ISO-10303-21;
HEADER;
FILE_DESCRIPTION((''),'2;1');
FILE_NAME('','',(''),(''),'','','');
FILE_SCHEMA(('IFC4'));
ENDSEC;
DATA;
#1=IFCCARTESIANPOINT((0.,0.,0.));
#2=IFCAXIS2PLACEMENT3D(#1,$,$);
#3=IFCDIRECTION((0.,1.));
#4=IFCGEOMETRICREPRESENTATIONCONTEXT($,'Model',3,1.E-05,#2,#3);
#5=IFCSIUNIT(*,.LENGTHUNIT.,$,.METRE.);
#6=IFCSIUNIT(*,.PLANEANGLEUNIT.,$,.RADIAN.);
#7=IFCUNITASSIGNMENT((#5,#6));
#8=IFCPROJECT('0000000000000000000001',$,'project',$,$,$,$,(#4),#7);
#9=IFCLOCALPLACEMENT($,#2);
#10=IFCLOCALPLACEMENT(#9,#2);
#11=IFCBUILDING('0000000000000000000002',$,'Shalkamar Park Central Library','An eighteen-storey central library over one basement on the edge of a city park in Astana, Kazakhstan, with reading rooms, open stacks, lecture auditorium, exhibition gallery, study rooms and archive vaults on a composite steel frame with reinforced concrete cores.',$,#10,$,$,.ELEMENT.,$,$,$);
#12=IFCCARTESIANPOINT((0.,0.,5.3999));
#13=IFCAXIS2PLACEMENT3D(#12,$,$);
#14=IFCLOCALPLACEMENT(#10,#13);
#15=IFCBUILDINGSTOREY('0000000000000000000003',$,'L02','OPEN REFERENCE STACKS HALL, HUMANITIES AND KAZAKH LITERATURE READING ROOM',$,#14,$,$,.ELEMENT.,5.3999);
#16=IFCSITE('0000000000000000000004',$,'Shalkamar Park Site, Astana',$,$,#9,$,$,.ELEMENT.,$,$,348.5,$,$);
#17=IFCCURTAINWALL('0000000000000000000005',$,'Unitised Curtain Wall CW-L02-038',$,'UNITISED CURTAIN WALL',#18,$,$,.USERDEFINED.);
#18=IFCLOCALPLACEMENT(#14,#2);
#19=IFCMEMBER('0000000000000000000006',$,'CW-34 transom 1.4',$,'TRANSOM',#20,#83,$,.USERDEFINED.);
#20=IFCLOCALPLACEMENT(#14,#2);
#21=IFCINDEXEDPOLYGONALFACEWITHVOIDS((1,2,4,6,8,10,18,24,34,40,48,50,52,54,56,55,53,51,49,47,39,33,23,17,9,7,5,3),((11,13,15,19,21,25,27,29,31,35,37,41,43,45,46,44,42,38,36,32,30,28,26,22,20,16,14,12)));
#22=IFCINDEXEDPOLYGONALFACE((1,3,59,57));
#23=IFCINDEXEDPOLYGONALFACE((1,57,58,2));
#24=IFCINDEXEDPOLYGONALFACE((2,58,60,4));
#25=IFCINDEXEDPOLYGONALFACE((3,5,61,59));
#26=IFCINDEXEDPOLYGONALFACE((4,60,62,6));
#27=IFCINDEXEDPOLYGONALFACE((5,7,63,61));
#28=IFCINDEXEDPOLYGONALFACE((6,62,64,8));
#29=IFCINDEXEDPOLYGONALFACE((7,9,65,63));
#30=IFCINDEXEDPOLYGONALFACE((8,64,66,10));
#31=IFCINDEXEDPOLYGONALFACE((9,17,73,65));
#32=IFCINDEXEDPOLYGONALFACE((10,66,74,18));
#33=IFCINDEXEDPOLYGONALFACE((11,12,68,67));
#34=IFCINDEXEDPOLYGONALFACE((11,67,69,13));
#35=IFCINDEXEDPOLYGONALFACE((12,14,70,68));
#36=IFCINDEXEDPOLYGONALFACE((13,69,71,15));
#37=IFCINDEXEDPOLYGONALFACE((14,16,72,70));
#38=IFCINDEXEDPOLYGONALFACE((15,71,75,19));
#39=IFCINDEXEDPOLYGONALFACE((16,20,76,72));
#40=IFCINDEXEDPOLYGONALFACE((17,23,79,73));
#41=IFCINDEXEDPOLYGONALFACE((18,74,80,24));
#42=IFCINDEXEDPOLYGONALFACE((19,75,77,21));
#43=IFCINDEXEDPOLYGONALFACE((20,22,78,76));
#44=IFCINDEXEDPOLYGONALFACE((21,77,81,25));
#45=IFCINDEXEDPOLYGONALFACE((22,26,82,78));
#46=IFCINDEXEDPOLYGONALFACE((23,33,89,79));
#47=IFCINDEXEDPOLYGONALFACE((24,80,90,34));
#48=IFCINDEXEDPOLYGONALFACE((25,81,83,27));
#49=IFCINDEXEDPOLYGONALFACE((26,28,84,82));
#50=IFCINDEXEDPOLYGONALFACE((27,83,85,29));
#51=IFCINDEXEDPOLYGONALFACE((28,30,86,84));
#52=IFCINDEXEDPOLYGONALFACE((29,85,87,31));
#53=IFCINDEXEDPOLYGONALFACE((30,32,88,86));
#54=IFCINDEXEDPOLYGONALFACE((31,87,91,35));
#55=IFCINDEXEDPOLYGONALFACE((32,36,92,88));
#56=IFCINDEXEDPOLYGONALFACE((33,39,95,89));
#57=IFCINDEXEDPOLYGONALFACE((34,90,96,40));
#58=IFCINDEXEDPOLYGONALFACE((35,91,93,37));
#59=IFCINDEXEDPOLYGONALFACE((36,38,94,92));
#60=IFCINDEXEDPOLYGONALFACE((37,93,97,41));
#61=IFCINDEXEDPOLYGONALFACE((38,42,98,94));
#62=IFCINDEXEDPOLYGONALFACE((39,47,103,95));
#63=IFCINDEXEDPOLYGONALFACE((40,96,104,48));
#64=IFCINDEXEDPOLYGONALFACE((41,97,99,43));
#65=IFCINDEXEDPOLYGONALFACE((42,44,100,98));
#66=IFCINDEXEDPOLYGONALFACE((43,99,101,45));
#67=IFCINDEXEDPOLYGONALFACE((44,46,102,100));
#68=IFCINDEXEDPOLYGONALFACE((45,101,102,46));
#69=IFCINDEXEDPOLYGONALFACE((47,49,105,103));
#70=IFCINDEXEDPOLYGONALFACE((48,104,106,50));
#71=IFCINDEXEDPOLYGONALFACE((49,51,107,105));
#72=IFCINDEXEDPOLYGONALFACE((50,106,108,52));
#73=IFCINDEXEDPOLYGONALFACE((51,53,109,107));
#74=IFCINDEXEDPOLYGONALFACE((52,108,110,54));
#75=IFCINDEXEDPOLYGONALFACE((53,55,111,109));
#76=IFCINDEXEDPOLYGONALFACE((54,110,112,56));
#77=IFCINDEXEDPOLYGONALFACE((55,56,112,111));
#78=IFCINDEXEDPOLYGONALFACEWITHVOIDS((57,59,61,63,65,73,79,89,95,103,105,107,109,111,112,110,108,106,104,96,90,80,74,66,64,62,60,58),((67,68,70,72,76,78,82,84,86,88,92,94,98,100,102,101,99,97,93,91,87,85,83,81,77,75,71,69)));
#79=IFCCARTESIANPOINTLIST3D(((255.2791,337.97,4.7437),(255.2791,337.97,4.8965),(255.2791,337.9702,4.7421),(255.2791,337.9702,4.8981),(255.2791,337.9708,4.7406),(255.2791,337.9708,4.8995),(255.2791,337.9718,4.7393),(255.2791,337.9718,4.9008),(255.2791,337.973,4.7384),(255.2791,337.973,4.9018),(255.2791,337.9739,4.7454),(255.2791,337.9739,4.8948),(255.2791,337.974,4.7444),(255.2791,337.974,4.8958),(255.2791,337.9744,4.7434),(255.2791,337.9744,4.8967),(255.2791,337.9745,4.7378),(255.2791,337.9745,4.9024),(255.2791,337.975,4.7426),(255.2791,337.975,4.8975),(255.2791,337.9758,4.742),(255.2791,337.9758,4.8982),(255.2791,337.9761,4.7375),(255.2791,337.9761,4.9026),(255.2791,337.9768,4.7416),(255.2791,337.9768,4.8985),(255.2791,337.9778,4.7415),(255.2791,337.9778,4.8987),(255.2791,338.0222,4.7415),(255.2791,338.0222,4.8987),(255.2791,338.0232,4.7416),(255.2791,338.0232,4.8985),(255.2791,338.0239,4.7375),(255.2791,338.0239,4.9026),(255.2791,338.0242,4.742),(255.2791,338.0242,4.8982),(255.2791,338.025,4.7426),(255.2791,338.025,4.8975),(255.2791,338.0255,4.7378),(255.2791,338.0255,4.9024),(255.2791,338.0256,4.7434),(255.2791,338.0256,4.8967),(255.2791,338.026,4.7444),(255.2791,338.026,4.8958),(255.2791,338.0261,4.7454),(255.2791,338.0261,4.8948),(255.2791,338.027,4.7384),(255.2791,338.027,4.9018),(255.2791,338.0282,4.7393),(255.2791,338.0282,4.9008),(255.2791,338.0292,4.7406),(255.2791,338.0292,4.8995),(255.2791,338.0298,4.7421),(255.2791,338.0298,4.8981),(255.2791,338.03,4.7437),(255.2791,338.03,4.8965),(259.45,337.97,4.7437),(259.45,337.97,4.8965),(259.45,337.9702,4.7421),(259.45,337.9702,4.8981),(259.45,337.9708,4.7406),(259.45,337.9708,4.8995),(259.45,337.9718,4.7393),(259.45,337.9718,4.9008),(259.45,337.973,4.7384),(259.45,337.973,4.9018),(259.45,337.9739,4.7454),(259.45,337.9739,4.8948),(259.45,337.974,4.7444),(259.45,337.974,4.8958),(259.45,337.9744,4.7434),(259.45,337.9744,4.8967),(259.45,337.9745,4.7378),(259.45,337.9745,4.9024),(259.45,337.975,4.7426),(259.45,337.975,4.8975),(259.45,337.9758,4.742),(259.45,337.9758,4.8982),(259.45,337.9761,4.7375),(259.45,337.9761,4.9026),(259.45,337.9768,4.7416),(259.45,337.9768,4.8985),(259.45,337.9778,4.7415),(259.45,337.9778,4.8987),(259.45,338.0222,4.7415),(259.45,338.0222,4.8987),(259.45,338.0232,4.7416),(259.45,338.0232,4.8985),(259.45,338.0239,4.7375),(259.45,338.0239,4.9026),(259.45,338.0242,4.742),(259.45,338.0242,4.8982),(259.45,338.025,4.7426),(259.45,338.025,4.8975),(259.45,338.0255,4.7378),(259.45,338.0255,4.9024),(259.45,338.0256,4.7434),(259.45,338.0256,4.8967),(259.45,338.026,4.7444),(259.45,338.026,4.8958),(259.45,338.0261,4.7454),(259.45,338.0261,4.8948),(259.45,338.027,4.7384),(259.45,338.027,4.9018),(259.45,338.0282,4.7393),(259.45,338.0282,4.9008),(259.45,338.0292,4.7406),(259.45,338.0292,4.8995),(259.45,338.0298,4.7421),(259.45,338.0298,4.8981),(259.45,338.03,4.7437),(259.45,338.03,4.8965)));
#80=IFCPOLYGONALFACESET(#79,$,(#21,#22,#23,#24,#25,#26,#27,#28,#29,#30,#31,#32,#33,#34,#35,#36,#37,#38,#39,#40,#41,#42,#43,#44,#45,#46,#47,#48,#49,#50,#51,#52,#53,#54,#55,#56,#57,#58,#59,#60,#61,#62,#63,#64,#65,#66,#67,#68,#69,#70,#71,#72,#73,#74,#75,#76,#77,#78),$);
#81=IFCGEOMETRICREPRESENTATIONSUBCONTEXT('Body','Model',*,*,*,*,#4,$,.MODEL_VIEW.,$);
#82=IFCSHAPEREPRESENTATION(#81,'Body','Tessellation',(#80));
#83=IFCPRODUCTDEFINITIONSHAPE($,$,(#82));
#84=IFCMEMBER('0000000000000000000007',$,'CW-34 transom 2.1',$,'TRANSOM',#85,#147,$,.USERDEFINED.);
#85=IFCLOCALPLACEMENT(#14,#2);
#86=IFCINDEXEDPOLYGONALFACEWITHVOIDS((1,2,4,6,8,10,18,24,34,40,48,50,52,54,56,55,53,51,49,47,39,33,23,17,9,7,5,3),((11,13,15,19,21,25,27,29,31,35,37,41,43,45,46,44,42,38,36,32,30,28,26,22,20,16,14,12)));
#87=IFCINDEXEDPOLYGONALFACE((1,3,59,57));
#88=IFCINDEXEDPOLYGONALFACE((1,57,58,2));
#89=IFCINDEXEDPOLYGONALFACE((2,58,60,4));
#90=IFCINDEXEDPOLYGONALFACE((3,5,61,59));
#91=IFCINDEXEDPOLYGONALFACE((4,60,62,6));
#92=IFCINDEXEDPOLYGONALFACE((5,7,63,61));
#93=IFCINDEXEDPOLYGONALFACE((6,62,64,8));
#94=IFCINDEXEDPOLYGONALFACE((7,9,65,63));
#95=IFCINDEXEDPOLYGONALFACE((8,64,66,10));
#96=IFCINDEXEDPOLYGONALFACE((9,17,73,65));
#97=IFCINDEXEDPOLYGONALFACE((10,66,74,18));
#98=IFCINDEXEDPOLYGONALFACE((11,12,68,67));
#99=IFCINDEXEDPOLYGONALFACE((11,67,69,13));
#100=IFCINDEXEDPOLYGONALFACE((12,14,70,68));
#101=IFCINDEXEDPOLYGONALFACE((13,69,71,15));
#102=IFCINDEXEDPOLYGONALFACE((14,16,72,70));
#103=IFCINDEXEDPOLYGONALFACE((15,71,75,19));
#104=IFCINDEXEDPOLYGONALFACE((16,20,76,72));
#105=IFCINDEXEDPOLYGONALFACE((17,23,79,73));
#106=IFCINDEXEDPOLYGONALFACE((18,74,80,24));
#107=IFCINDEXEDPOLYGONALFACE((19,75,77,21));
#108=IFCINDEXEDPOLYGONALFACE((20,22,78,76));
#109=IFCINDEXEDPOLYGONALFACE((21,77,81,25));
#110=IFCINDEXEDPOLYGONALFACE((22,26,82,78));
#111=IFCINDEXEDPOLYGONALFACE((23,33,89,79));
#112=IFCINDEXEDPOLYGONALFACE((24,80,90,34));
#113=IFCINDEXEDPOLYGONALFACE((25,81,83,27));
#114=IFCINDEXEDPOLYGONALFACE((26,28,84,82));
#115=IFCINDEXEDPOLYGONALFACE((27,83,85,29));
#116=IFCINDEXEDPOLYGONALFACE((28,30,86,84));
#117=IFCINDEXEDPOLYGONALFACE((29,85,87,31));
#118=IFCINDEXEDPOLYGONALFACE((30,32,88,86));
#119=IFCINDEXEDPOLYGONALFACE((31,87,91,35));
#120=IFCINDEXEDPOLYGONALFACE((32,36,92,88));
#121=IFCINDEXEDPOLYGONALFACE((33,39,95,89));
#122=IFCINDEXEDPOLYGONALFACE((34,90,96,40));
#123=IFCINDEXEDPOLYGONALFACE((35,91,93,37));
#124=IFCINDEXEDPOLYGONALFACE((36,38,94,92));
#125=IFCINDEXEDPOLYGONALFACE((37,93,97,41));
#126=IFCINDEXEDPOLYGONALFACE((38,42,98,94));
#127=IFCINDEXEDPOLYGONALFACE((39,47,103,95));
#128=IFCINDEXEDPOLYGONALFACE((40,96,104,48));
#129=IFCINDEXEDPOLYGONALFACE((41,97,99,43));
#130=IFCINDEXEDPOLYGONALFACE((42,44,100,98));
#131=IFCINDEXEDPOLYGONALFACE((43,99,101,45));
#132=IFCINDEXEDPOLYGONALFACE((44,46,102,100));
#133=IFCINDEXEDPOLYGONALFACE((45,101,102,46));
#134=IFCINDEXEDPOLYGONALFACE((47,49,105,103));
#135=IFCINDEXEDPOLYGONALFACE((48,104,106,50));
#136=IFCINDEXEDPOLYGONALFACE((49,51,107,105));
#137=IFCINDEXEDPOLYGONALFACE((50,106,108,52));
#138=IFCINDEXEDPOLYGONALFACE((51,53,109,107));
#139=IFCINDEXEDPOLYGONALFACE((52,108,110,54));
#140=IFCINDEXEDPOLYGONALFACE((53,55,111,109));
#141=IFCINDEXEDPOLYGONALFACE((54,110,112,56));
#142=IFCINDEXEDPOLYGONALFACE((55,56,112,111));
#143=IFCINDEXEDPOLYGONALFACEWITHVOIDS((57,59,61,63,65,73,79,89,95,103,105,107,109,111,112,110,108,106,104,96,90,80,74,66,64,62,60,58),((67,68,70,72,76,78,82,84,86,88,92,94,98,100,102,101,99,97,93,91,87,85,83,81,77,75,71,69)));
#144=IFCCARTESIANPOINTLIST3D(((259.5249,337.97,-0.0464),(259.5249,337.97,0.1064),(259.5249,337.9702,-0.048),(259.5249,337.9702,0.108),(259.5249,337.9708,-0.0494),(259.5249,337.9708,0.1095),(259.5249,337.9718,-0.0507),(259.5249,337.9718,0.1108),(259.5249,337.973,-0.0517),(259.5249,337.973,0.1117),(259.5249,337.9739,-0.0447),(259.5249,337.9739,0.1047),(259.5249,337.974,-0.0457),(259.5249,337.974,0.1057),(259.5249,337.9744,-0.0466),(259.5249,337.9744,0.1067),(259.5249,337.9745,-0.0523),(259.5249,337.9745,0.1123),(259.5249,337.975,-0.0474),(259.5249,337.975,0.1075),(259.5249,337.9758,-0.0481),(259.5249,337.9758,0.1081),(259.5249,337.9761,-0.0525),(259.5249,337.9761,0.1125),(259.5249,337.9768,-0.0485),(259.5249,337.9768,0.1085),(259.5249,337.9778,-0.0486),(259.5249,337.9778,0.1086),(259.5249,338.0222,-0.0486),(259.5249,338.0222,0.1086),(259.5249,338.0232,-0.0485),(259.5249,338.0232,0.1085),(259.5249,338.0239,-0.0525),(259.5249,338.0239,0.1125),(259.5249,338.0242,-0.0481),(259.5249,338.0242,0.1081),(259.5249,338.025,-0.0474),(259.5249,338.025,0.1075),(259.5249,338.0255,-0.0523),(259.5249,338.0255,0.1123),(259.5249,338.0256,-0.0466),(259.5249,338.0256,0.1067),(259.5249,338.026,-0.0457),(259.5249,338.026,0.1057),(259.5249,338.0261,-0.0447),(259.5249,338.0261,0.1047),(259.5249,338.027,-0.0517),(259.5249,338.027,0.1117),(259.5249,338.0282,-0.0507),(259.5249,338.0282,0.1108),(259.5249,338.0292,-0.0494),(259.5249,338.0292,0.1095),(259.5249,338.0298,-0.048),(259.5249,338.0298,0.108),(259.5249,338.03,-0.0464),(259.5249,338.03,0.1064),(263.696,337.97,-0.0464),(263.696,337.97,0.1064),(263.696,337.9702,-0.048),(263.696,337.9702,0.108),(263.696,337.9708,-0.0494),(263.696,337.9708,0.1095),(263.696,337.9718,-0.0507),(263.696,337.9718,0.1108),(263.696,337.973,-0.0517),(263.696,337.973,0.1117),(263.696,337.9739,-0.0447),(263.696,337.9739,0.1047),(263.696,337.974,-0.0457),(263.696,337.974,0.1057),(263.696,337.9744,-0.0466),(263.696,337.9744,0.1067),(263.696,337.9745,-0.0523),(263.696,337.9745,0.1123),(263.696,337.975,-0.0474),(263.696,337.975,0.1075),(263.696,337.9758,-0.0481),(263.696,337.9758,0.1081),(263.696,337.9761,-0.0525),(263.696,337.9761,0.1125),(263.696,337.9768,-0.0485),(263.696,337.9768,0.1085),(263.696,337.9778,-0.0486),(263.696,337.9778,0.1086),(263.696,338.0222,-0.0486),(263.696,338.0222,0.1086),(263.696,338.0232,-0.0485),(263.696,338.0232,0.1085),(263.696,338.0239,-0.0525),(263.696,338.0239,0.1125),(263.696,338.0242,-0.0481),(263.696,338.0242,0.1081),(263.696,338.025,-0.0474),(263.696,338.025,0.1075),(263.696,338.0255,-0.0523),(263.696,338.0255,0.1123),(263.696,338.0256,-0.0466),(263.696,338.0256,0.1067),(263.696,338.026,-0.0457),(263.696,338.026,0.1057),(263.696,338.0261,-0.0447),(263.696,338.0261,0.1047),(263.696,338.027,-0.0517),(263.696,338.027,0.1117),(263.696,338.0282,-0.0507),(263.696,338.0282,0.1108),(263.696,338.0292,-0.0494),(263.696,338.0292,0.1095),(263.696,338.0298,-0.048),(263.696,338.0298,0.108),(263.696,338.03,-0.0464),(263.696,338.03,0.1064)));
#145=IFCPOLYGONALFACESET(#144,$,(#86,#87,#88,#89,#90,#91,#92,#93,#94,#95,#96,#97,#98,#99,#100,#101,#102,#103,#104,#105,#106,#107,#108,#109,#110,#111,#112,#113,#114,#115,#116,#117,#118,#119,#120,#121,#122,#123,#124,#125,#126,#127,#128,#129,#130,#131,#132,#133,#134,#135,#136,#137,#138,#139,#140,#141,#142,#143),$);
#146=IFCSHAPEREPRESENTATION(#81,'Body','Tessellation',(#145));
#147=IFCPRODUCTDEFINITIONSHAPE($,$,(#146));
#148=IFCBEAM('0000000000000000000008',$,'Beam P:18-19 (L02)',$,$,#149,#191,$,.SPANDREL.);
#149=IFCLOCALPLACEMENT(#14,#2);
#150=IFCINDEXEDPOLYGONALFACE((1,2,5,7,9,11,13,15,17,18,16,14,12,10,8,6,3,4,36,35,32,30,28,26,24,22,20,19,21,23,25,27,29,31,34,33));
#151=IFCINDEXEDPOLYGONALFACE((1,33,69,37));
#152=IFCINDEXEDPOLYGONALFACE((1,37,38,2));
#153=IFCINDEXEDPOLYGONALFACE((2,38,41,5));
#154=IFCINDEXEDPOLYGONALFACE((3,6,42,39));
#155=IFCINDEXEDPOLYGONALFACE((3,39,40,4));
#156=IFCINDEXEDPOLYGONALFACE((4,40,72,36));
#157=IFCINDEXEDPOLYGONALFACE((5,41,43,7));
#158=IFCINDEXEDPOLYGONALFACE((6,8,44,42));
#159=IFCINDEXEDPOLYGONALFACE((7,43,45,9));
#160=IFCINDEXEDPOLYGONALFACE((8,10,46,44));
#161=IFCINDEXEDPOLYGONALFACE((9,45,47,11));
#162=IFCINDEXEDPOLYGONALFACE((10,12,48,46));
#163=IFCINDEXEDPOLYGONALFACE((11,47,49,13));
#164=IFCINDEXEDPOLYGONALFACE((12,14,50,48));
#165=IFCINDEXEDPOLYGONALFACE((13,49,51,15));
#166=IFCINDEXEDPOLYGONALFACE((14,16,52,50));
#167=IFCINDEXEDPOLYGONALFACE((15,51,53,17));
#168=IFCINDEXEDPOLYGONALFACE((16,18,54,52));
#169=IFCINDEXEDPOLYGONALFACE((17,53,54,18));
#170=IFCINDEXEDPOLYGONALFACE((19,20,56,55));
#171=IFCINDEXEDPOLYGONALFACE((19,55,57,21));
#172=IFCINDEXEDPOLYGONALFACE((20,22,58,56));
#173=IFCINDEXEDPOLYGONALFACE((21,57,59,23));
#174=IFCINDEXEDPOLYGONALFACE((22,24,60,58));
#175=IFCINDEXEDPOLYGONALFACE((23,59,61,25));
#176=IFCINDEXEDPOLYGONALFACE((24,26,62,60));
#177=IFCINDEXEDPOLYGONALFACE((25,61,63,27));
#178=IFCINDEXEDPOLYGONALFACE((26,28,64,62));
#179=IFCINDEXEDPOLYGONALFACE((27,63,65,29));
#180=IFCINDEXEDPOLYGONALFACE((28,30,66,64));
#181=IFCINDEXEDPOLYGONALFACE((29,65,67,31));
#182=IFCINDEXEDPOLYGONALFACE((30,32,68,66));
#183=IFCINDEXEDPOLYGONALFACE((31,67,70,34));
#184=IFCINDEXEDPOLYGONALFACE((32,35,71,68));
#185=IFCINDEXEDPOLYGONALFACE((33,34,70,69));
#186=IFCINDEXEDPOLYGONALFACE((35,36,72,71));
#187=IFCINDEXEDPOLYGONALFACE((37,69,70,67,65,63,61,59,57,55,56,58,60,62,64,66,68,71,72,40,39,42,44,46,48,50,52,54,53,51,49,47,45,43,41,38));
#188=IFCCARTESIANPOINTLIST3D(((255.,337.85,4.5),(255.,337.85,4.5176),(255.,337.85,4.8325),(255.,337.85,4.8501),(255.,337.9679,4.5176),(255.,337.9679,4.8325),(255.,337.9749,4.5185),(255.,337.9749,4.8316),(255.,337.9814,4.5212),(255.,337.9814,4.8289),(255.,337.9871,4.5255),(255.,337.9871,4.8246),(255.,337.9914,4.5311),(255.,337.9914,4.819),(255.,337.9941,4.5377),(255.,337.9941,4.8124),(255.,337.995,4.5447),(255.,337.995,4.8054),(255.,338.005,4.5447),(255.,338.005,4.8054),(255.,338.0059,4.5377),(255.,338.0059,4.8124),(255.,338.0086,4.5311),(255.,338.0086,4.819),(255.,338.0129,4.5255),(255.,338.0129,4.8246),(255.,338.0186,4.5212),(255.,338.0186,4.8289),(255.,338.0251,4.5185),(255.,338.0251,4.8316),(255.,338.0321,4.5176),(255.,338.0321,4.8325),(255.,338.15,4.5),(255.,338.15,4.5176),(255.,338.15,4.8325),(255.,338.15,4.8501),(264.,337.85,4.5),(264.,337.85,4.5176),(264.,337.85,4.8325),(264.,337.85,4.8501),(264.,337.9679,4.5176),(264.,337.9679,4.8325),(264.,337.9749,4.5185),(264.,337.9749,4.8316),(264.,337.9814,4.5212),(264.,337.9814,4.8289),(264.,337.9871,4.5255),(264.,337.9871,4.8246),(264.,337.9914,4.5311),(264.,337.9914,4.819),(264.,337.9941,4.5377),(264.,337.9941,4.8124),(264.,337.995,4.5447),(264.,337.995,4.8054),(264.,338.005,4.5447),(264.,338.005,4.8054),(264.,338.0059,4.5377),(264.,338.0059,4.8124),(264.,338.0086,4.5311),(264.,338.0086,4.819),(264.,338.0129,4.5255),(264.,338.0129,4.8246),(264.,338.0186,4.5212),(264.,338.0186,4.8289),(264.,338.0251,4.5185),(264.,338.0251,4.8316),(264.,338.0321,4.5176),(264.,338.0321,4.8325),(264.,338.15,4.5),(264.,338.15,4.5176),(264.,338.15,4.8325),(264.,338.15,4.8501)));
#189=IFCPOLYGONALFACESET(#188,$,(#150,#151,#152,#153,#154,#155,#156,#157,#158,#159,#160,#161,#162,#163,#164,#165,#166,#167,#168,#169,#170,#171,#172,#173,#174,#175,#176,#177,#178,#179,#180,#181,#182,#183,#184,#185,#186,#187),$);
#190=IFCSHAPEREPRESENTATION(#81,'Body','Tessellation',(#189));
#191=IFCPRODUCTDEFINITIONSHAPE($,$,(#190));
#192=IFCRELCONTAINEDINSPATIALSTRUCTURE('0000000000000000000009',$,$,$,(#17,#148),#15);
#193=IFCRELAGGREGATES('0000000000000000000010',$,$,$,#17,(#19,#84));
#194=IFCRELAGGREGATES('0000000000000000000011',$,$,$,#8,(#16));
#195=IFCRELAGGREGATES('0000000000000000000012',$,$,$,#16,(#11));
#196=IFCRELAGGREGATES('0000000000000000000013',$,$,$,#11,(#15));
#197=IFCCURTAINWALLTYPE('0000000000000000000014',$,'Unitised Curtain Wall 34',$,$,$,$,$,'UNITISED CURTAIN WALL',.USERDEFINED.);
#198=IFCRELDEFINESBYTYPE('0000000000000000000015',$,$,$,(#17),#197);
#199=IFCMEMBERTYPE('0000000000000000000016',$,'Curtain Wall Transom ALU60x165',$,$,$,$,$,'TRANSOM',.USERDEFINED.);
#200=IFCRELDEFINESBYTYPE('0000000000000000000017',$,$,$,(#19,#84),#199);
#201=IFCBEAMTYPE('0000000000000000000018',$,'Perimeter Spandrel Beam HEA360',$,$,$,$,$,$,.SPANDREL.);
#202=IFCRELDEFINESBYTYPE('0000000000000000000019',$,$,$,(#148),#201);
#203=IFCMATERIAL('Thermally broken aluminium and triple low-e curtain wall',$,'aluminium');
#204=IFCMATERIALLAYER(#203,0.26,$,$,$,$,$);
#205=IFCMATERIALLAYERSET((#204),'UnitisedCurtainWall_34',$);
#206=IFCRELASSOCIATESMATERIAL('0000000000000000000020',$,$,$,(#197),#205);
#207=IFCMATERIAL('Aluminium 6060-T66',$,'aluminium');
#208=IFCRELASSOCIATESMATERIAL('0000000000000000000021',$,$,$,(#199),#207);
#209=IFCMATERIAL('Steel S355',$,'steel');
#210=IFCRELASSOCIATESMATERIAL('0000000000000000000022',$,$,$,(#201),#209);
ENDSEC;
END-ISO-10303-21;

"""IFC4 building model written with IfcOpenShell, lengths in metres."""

from ifc_helpers import new_model, si_unit, direction, frame, origin, origin_2d, place, context, subcontext, project, spatial, hollow_rectangle, i_section, extrude, material, layer, layer_set, material_profile, profile_set, type_object, element, aggregate, save


model = new_model("IFC4")

# Units and contexts
model_context = context("Model", 3, precision=1e-05, world=origin(), true_north=direction((0.0, 1.0)))
body_context = subcontext(model_context, "Body", "Model", "MODEL_VIEW")
ifc_project = project(units=[si_unit("LENGTHUNIT", "METRE"), si_unit("PLANEANGLEUNIT", "RADIAN")], contexts=[model_context])

# Site, building, storey
site_placement = place(None, origin())
site = spatial("IfcSite", under=ifc_project, at=site_placement, Name="Shalkamar Park Site, Astana", CompositionType="ELEMENT", RefElevation=348.5)
building_placement = place(site_placement, origin())
building = spatial("IfcBuilding", under=site, at=building_placement, Name="Shalkamar Park Central Library", Description="An eighteen-storey central library over one basement on the edge of a city park in Astana, Kazakhstan, with reading rooms, open stacks, lecture auditorium, exhibition gallery, study rooms and archive vaults on a composite steel frame with reinforced concrete cores.", CompositionType="ELEMENT")
storey_placement = place(building_placement, frame((0.0, 0.0, 5.3999)))
storey = spatial("IfcBuildingStorey", under=building, at=storey_placement, Name="L02", Description="OPEN REFERENCE STACKS HALL, HUMANITIES AND KAZAKH LITERATURE READING ROOM", CompositionType="ELEMENT", Elevation=5.3999)

# Shared definitions
ifc_material_1 = material(Name="Steel S355", Category="steel")

# Curtain wall
ifc_material_2 = material(Name="Thermally broken aluminium and triple low-e curtain wall", Category="aluminium")
ifc_material_3 = material(Name="Aluminium 6060-T66", Category="aluminium")
ifc_layer_1 = layer(ifc_material_2, 0.26)
ifc_layer_set_1 = layer_set([ifc_layer_1], Name="UnitisedCurtainWall_34")
curtain_wall_type_1 = type_object("IfcCurtainWallType", Name="Unitised Curtain Wall 34", ElementType="UNITISED CURTAIN WALL", PredefinedType="USERDEFINED", material=ifc_layer_set_1)
curtain_wall_1_placement = place(storey_placement, origin())
curtain_wall_1 = element("IfcCurtainWall", 1, at=curtain_wall_1_placement, inside=storey, type_object=curtain_wall_type_1, Name="Unitised Curtain Wall CW-L02-038", ObjectType="UNITISED CURTAIN WALL", PredefinedType="USERDEFINED")

# Members
ifc_material_profile_1 = material_profile(ifc_material_3, hollow_rectangle(XDim=0.0601, YDim=0.165, WallThickness=0.0039, InnerFilletRadius=0.0039, OuterFilletRadius=0.0061, at=origin_2d()), Name="ALU 60x165x4")
ifc_profile_set_1 = profile_set([ifc_material_profile_1], Name="Aluminium 6060-T66")
member_type_1 = type_object("IfcMemberType", Name="Curtain Wall Transom ALU60x165", ElementType="TRANSOM", PredefinedType="USERDEFINED", material=ifc_profile_set_1)
member_1_placement = place(storey_placement, frame((255.2791, 338.0, 4.8201), z_axis=(1.0, 0.0, 0.0), x_axis=(0.0, 1.0, 0.0)))
member_1 = element("IfcMember", 2, at=member_1_placement, type_object=member_type_1, Name="CW-34 transom 1.4", ObjectType="TRANSOM", PredefinedType="USERDEFINED", context=body_context, shape_type="SweptSolid", body=[
    extrude(hollow_rectangle(XDim=0.0601, YDim=0.165, WallThickness=0.0039, InnerFilletRadius=0.0039, OuterFilletRadius=0.0061, at=origin_2d()), origin(), (0.0, 0.0, 1.0), 4.1709),
])
member_2_placement = place(storey_placement, frame((259.5249, 338.0, 0.03), z_axis=(1.0, 0.0, 0.0), x_axis=(0.0, 1.0, 0.0)))
member_2 = element("IfcMember", 3, at=member_2_placement, type_object=member_type_1, Name="CW-34 transom 2.1", ObjectType="TRANSOM", PredefinedType="USERDEFINED", context=body_context, shape_type="SweptSolid", body=[
    extrude(hollow_rectangle(XDim=0.0601, YDim=0.165, WallThickness=0.0039, InnerFilletRadius=0.0039, OuterFilletRadius=0.0061, at=origin_2d()), origin(), (0.0, 0.0, 1.0), 4.1711),
])

# Beam
ifc_material_profile_2 = material_profile(ifc_material_1, i_section(OverallWidth=0.3, OverallDepth=0.3501, WebThickness=0.01, FlangeThickness=0.0176, FilletRadius=0.0271, at=origin_2d()), Name="HEA 360")
ifc_profile_set_2 = profile_set([ifc_material_profile_2], Name="Steel S355")
beam_type_1 = type_object("IfcBeamType", Name="Perimeter Spandrel Beam HEA360", PredefinedType="SPANDREL", material=ifc_profile_set_2)
beam_1_placement = place(storey_placement, frame((255.0, 338.0, 4.675), z_axis=(1.0, 0.0, 0.0), x_axis=(0.0, 1.0, 0.0)))
element("IfcBeam", 4, at=beam_1_placement, inside=storey, type_object=beam_type_1, Name="Beam P:18-19 (L02)", PredefinedType="SPANDREL", context=body_context, shape_type="SweptSolid", body=[
    extrude(i_section(OverallWidth=0.3, OverallDepth=0.3501, WebThickness=0.01, FlangeThickness=0.0176, FilletRadius=0.0271, at=origin_2d()), origin(), (0.0, 0.0, 1.0), 9.0),
])

aggregate(curtain_wall_1, [member_1, member_2])

save(model, "model.ifc")
